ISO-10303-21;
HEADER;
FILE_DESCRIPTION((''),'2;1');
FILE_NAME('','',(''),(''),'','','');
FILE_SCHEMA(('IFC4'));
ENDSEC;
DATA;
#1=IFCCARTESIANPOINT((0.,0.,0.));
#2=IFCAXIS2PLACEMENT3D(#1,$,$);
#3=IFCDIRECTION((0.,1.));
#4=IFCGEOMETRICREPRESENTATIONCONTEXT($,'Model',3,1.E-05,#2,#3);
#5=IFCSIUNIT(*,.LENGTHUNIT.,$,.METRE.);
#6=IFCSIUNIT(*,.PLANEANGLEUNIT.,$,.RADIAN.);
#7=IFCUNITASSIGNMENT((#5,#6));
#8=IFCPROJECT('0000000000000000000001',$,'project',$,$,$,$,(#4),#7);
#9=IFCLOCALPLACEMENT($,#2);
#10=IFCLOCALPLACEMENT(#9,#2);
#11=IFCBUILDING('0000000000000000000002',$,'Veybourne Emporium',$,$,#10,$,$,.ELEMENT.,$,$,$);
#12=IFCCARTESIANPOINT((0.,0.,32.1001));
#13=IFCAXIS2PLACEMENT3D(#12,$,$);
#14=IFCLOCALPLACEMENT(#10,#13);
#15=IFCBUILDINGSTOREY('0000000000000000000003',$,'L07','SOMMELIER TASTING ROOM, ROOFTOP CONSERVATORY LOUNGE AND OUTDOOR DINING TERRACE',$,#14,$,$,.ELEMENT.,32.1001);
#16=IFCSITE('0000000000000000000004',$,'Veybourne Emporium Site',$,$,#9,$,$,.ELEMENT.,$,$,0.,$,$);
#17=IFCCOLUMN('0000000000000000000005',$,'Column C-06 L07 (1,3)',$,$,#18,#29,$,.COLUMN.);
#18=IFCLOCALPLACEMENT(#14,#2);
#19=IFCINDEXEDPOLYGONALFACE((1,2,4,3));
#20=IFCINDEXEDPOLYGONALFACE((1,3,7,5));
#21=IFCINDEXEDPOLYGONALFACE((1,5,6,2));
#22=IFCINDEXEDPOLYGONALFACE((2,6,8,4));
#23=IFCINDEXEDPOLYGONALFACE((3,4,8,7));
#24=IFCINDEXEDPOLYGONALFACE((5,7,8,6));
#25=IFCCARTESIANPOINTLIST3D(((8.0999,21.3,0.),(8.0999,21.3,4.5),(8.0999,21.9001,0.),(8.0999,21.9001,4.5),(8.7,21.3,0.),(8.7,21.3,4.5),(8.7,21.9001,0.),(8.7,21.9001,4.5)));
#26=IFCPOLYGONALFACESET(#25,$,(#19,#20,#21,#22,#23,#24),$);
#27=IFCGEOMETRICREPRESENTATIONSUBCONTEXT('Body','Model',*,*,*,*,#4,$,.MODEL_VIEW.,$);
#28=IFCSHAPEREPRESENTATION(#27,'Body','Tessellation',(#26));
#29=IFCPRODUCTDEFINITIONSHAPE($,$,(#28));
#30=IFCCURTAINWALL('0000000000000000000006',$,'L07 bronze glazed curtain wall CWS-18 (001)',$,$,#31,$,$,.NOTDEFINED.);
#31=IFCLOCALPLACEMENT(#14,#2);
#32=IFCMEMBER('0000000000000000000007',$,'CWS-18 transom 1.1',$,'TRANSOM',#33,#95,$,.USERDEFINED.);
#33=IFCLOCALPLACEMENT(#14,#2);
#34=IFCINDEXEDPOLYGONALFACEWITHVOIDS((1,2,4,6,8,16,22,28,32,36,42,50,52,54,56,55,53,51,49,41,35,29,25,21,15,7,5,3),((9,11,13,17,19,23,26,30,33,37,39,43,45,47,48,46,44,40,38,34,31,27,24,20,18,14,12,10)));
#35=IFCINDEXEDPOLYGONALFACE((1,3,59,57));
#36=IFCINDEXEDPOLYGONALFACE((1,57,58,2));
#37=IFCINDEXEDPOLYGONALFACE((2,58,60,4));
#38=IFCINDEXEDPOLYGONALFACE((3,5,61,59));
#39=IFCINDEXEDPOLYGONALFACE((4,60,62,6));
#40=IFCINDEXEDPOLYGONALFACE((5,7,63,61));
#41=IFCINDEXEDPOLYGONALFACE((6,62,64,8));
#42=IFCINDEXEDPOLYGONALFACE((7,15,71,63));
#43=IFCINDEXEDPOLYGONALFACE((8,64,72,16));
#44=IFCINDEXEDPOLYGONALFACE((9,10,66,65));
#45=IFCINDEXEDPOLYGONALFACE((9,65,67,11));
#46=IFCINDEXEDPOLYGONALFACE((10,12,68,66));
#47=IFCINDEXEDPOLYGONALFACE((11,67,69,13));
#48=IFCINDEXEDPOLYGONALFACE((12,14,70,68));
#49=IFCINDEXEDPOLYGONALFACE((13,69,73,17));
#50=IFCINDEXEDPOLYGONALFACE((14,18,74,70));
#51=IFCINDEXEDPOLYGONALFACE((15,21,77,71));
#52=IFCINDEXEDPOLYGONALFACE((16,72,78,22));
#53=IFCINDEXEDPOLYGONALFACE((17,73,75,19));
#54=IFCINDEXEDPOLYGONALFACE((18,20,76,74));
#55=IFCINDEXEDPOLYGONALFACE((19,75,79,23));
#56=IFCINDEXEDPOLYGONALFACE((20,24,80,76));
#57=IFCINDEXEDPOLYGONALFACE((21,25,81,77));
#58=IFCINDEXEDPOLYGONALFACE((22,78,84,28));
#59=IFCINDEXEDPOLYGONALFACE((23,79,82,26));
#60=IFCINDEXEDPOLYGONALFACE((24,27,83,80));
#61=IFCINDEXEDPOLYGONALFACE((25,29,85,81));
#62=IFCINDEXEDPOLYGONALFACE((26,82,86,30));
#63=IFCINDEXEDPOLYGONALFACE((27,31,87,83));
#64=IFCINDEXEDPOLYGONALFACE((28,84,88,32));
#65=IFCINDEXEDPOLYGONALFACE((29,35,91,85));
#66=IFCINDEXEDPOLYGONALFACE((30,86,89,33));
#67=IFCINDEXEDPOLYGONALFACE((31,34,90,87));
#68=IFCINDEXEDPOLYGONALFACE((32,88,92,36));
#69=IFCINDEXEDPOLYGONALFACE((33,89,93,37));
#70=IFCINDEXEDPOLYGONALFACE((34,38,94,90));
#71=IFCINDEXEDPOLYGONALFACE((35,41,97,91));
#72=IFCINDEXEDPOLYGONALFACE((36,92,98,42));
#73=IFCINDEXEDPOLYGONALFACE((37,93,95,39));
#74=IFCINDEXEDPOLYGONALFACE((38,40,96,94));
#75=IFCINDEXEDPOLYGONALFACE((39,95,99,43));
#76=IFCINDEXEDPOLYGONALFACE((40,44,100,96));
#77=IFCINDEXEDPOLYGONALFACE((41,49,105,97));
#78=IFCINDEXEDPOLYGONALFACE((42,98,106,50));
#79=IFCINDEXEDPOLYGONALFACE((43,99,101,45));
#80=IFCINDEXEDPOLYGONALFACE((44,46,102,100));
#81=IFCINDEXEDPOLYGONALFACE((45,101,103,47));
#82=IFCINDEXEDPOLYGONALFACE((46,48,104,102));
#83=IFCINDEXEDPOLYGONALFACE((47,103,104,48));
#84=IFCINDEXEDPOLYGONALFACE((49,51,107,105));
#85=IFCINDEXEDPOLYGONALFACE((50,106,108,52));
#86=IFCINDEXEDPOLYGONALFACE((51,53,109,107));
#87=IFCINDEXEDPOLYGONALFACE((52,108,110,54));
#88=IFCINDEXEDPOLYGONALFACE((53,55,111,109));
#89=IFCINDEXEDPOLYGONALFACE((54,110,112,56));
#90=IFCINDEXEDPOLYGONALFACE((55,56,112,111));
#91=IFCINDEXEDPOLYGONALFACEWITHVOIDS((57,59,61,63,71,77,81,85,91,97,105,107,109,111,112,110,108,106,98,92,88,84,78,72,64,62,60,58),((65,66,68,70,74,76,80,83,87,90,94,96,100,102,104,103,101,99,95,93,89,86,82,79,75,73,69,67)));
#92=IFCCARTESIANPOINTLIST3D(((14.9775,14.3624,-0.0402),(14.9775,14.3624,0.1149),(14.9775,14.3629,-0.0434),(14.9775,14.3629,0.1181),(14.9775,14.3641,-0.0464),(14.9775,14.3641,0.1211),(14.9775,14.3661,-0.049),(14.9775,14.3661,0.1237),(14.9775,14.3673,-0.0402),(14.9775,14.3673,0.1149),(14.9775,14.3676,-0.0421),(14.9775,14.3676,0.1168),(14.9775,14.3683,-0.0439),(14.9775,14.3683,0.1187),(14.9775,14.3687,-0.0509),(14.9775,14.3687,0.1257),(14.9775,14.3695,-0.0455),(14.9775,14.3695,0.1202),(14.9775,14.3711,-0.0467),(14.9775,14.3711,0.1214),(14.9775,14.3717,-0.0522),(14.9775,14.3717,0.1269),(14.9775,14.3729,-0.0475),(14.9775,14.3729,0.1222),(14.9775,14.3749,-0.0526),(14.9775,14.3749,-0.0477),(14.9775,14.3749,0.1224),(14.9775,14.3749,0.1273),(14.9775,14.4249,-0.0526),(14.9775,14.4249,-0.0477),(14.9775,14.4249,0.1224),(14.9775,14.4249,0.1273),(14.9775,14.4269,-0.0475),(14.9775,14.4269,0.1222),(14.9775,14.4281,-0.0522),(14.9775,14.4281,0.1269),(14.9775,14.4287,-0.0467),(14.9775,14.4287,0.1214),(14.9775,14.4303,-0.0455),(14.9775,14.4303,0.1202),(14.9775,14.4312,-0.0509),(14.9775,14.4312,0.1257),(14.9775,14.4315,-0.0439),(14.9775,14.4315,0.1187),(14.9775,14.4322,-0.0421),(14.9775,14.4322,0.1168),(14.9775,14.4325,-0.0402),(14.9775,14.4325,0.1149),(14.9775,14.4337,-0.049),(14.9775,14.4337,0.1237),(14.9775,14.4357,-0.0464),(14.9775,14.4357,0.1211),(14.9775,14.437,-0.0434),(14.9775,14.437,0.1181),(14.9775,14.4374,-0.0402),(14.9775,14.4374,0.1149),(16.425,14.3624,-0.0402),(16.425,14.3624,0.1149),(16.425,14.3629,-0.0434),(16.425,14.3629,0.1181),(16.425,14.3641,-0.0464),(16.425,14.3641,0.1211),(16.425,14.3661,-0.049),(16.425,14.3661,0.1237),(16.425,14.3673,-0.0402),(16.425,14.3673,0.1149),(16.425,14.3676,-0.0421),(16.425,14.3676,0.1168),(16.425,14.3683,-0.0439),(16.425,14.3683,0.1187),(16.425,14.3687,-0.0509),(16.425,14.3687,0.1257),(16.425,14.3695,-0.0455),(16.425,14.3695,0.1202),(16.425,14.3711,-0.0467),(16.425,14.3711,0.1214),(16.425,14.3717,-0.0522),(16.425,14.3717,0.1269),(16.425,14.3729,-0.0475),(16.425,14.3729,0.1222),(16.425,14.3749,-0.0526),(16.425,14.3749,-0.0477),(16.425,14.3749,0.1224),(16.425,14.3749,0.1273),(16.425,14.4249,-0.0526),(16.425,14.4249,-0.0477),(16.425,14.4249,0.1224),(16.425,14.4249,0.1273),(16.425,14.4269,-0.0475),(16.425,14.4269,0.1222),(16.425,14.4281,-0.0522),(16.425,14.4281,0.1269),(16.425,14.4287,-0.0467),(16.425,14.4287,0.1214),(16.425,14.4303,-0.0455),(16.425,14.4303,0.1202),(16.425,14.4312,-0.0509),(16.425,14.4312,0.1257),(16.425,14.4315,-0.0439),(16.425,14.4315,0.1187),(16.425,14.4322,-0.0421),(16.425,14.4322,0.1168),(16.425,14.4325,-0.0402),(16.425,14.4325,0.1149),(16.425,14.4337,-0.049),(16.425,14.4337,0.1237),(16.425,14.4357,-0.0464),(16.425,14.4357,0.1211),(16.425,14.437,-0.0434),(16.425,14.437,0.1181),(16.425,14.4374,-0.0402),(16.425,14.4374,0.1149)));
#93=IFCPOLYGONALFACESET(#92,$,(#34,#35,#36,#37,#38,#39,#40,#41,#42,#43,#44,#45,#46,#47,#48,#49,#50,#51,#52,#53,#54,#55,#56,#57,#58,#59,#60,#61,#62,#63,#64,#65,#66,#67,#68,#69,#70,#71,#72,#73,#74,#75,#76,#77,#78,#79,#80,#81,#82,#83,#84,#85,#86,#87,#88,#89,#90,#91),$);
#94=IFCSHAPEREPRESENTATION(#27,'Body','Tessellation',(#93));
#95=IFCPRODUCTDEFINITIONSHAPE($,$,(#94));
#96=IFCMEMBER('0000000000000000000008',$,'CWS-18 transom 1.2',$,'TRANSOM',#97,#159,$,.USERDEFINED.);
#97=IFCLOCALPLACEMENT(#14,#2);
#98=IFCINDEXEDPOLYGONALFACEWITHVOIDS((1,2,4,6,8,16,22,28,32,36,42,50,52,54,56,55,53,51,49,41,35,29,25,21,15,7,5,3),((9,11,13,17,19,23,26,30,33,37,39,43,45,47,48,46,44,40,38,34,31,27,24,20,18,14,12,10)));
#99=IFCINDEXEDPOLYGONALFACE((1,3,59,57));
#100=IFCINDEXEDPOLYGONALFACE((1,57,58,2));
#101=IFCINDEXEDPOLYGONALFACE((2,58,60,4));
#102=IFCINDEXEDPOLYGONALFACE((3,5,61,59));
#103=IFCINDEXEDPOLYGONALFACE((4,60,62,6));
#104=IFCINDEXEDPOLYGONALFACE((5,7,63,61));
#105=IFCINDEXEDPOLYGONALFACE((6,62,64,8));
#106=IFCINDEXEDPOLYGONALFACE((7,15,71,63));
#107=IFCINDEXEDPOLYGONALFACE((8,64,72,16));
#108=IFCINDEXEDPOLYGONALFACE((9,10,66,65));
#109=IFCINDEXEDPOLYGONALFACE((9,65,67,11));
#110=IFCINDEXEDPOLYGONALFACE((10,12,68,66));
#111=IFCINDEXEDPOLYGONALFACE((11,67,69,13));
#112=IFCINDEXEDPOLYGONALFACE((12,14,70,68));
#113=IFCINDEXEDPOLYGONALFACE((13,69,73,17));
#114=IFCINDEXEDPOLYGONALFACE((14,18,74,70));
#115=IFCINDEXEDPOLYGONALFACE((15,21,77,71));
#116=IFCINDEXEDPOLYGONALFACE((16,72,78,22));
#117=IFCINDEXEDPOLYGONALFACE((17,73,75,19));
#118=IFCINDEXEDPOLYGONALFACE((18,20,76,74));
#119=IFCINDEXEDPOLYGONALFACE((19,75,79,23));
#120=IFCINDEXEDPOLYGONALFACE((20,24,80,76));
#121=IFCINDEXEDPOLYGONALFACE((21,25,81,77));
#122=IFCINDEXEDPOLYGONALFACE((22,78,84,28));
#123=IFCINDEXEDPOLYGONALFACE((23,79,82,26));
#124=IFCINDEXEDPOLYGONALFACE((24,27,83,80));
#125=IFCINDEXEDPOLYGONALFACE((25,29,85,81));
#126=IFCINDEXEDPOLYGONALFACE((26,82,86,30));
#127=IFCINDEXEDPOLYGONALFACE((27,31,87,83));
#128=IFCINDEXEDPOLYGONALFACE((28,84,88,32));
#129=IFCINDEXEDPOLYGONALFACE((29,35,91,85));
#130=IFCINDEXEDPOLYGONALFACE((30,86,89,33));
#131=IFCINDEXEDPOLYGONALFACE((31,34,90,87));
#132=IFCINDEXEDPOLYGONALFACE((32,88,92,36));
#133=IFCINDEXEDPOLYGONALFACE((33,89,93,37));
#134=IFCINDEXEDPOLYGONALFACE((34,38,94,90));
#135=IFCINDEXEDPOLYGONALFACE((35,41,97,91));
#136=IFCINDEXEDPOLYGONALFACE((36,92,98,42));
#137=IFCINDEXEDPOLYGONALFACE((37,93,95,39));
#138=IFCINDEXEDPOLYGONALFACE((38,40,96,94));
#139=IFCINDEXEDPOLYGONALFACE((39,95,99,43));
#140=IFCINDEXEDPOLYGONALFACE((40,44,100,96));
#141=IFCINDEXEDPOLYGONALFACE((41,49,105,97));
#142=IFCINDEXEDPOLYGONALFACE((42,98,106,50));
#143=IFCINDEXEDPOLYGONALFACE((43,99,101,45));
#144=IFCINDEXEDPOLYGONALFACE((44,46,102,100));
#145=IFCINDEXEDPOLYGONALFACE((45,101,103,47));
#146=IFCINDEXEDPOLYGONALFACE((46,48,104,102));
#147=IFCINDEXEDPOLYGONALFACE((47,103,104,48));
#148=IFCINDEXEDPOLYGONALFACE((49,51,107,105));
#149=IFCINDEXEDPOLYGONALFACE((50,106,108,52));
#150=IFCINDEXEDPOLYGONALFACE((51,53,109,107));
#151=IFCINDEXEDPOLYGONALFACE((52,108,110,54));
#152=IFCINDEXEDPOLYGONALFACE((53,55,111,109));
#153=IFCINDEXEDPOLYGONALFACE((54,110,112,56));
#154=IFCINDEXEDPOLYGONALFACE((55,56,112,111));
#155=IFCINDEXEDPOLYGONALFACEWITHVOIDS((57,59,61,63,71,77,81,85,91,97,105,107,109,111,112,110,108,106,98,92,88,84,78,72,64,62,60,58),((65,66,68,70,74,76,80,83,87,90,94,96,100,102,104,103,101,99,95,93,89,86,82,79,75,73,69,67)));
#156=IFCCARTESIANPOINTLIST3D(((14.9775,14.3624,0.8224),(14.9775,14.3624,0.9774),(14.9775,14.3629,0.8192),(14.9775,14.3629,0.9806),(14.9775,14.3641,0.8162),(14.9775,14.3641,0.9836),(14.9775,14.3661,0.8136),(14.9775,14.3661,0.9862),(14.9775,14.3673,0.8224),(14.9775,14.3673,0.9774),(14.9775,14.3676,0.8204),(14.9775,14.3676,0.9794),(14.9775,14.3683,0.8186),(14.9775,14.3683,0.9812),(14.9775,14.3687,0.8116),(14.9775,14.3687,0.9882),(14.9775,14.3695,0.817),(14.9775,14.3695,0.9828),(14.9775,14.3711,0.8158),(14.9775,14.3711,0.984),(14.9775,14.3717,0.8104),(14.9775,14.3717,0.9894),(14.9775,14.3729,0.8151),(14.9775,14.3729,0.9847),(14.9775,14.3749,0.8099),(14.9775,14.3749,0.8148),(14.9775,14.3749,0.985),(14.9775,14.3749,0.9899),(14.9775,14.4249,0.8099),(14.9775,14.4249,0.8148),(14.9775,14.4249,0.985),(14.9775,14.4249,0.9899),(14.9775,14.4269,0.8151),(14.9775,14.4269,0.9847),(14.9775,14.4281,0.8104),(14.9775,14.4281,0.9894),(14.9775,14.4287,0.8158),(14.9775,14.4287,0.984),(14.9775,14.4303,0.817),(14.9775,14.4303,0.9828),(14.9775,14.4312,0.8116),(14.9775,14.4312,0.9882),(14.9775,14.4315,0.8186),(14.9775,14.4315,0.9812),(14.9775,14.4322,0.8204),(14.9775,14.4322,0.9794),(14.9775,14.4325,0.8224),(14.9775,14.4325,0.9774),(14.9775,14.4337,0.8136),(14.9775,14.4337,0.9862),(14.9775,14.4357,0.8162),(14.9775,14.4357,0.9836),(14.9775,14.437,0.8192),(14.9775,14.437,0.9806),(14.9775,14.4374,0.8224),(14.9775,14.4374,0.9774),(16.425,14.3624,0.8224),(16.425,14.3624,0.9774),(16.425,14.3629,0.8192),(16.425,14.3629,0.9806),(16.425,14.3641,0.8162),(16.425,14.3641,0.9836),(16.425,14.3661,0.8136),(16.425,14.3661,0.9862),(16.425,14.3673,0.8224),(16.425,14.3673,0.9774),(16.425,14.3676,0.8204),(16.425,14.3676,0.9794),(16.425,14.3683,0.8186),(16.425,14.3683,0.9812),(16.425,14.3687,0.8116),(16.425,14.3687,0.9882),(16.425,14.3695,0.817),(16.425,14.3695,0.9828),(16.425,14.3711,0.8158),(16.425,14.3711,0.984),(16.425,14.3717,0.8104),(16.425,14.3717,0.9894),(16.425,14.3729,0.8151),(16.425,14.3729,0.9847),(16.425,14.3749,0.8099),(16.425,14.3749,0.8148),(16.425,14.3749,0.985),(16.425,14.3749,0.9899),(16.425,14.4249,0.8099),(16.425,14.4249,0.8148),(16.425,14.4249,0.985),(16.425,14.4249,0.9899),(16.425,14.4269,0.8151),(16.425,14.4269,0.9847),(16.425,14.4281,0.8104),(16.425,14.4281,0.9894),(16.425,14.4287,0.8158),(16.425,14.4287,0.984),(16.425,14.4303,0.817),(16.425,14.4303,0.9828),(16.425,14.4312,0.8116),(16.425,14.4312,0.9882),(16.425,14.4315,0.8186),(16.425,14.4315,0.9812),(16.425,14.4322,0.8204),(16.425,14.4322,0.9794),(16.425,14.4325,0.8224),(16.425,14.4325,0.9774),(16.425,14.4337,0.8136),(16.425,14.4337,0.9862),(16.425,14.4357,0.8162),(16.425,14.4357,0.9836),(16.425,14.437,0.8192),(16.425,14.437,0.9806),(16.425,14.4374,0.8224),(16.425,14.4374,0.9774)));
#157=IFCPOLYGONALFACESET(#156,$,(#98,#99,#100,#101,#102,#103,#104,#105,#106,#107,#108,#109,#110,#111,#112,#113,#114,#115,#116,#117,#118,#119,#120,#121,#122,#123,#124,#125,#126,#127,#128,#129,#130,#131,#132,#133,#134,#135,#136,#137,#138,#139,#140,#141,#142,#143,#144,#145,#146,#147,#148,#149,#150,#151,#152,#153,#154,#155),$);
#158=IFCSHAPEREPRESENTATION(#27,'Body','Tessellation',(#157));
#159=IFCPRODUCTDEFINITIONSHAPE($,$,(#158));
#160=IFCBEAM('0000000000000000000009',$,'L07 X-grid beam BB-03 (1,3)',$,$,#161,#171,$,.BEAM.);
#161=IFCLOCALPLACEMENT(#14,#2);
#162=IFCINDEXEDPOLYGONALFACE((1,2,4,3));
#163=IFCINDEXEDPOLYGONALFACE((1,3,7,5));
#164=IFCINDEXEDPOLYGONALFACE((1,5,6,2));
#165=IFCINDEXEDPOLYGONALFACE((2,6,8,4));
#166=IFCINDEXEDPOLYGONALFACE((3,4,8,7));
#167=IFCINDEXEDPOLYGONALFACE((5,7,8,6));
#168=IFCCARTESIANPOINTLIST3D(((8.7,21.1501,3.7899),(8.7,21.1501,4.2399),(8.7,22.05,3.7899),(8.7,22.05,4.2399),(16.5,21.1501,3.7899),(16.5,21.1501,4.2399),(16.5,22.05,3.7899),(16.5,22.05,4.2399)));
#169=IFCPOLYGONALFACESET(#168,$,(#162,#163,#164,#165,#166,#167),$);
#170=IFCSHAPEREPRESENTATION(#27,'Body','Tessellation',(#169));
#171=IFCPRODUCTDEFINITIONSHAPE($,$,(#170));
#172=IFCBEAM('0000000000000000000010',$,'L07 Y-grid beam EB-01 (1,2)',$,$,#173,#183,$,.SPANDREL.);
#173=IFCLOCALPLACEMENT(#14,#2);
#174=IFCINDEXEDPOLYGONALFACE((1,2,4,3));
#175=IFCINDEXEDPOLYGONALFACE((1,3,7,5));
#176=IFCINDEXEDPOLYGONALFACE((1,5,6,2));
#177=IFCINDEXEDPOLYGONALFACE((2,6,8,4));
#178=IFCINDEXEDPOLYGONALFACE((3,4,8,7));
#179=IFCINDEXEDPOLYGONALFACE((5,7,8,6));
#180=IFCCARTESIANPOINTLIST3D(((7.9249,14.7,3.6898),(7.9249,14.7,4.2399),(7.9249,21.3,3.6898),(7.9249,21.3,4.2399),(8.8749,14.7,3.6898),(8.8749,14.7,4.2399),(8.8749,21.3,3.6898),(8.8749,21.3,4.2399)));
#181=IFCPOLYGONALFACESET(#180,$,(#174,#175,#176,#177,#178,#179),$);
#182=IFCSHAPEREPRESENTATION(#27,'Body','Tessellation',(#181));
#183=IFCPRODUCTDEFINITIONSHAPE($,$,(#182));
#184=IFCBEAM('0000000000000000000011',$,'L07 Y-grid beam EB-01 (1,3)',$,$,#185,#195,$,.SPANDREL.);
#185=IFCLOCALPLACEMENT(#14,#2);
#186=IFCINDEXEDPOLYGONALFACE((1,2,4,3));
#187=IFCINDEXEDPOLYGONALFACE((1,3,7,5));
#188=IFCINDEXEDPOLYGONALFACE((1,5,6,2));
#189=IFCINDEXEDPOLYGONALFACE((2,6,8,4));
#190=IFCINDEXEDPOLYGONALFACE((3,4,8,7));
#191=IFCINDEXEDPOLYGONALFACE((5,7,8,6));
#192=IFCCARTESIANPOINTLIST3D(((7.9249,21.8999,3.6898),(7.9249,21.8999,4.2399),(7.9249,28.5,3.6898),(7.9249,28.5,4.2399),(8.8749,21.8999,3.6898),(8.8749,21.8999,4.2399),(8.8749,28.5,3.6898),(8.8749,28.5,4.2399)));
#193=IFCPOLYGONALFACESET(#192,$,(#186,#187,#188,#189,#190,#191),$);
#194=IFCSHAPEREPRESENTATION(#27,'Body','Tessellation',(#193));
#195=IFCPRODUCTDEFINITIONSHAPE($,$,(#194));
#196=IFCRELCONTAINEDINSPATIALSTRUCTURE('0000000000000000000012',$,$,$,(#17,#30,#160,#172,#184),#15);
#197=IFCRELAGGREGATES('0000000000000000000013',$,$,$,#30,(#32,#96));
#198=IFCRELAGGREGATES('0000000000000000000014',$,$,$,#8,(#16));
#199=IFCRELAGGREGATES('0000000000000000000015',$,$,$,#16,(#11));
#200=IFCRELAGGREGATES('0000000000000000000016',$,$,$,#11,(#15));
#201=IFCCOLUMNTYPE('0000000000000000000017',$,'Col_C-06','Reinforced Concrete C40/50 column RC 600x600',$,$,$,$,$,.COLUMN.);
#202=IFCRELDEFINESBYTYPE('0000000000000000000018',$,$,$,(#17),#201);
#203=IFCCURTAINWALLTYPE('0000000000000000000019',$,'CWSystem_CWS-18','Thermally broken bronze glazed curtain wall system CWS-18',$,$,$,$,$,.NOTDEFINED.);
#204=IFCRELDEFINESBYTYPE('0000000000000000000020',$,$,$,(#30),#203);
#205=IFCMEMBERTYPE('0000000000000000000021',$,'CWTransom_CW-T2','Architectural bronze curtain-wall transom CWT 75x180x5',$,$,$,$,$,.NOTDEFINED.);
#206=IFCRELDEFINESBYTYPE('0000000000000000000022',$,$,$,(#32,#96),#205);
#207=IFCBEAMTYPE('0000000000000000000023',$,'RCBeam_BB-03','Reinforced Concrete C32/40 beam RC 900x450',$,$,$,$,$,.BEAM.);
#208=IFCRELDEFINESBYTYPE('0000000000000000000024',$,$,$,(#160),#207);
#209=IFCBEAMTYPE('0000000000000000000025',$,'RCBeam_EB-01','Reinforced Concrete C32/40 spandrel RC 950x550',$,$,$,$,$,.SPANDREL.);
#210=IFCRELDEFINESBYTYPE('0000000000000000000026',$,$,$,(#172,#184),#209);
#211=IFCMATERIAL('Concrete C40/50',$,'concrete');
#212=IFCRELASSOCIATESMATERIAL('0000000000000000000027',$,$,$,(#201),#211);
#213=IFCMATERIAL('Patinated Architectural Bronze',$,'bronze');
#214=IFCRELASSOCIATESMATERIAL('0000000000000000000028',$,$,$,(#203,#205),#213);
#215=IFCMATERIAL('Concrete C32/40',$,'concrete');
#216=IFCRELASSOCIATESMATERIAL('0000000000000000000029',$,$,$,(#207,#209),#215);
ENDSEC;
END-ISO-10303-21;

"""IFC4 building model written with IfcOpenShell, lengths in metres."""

from ifc_helpers import new_model, si_unit, direction, frame, origin, origin_2d, place, context, subcontext, project, spatial, rectangle, hollow_rectangle, extrude, material, material_profile, profile_set, type_object, element, aggregate, save


model = new_model("IFC4")

# Units and contexts
model_context = context("Model", 3, precision=1e-05, world=origin(), true_north=direction((0.0, 1.0)))
body_context = subcontext(model_context, "Body", "Model", "MODEL_VIEW")
ifc_project = project(units=[si_unit("LENGTHUNIT", "METRE"), si_unit("PLANEANGLEUNIT", "RADIAN")], contexts=[model_context])

# Site, building, storey
site_placement = place(None, origin())
site = spatial("IfcSite", under=ifc_project, at=site_placement, Name="Veybourne Emporium Site", CompositionType="ELEMENT", RefElevation=0.0)
building_placement = place(site_placement, origin())
building = spatial("IfcBuilding", under=site, at=building_placement, Name="Veybourne Emporium", CompositionType="ELEMENT")
storey_placement = place(building_placement, frame((0.0, 0.0, 32.1001)))
storey = spatial("IfcBuildingStorey", under=building, at=storey_placement, Name="L07", Description="SOMMELIER TASTING ROOM, ROOFTOP CONSERVATORY LOUNGE AND OUTDOOR DINING TERRACE", CompositionType="ELEMENT", Elevation=32.1001)

# Column
ifc_material_1 = material(Name="Concrete C40/50", Category="concrete")
ifc_material_profile_1 = material_profile(ifc_material_1, rectangle(XDim=0.6001, YDim=0.6001, at=origin_2d()), Name="RC 600x600")
ifc_profile_set_1 = profile_set([ifc_material_profile_1], Name="Concrete C40/50")
column_type = type_object("IfcColumnType", Name="Col_C-06", Description="Reinforced Concrete C40/50 column RC 600x600", PredefinedType="COLUMN", material=ifc_profile_set_1)
column_placement = place(storey_placement, frame((8.3999, 21.6001, 0.0), z_axis=(0.0, 0.0, 1.0), x_axis=(1.0, 0.0, 0.0)))
element("IfcColumn", 1, at=column_placement, inside=storey, type_object=column_type, Name="Column C-06 L07 (1,3)", PredefinedType="COLUMN", context=body_context, shape_type="SweptSolid", body=[
    extrude(rectangle(XDim=0.6001, YDim=0.6001, at=origin_2d()), origin(), (0.0, 0.0, 1.0), 4.5),
])

# Curtain wall, members
ifc_material_2 = material(Name="Patinated Architectural Bronze", Category="bronze")
curtain_wall_type = type_object("IfcCurtainWallType", Name="CWSystem_CWS-18", Description="Thermally broken bronze glazed curtain wall system CWS-18", PredefinedType="NOTDEFINED", material=ifc_material_2)
curtain_wall_placement = place(storey_placement, origin())
curtain_wall = element("IfcCurtainWall", 2, at=curtain_wall_placement, inside=storey, type_object=curtain_wall_type, Name="L07 bronze glazed curtain wall CWS-18 (001)", PredefinedType="NOTDEFINED")
ifc_material_profile_2 = material_profile(ifc_material_2, hollow_rectangle(XDim=0.075, YDim=0.1799, WallThickness=0.0049, InnerFilletRadius=0.0076, OuterFilletRadius=0.0125, at=origin_2d()), Name="CWT 75x180x5")
ifc_profile_set_2 = profile_set([ifc_material_profile_2], Name="Patinated Architectural Bronze")
member_type = type_object("IfcMemberType", Name="CWTransom_CW-T2", Description="Architectural bronze curtain-wall transom CWT 75x180x5", PredefinedType="NOTDEFINED", material=ifc_profile_set_2)
member_1_placement = place(storey_placement, frame((16.425, 14.3999, 0.0374), z_axis=(-1.0, 0.0, 0.0), x_axis=(0.0, -1.0, 0.0)))
member_1 = element("IfcMember", 3, at=member_1_placement, type_object=member_type, Name="CWS-18 transom 1.1", ObjectType="TRANSOM", PredefinedType="USERDEFINED", context=body_context, shape_type="SweptSolid", body=[
    extrude(hollow_rectangle(XDim=0.075, YDim=0.1799, WallThickness=0.0049, InnerFilletRadius=0.0076, OuterFilletRadius=0.0125, at=origin_2d()), origin(), (0.0, 0.0, 1.0), 1.4475),
])
member_2_placement = place(storey_placement, frame((16.425, 14.3999, 0.8999), z_axis=(-1.0, 0.0, 0.0), x_axis=(0.0, -1.0, 0.0)))
member_2 = element("IfcMember", 4, at=member_2_placement, type_object=member_type, Name="CWS-18 transom 1.2", ObjectType="TRANSOM", PredefinedType="USERDEFINED", context=body_context, shape_type="SweptSolid", body=[
    extrude(hollow_rectangle(XDim=0.075, YDim=0.1799, WallThickness=0.0049, InnerFilletRadius=0.0076, OuterFilletRadius=0.0125, at=origin_2d()), origin(), (0.0, 0.0, 1.0), 1.4475),
])

# Beams
ifc_material_3 = material(Name="Concrete C32/40", Category="concrete")
ifc_material_profile_3 = material_profile(ifc_material_3, rectangle(XDim=0.8999, YDim=0.45, at=origin_2d()), Name="RC 900x450")
ifc_profile_set_3 = profile_set([ifc_material_profile_3], Name="Concrete C32/40")
beam_type_1 = type_object("IfcBeamType", Name="RCBeam_BB-03", Description="Reinforced Concrete C32/40 beam RC 900x450", PredefinedType="BEAM", material=ifc_profile_set_3)
beam_placement = place(storey_placement, frame((8.7, 21.6001, 4.0149), z_axis=(1.0, 0.0, 0.0), x_axis=(0.0, 1.0, 0.0)))
element("IfcBeam", 5, at=beam_placement, inside=storey, type_object=beam_type_1, Name="L07 X-grid beam BB-03 (1,3)", PredefinedType="BEAM", context=body_context, shape_type="SweptSolid", body=[
    extrude(rectangle(XDim=0.8999, YDim=0.45, at=origin_2d()), origin(), (0.0, 0.0, 1.0), 7.8),
])
ifc_material_profile_4 = material_profile(ifc_material_3, rectangle(XDim=0.95, YDim=0.55, at=origin_2d()), Name="RC 950x550")
ifc_profile_set_4 = profile_set([ifc_material_profile_4], Name="Concrete C32/40")
beam_type_2 = type_object("IfcBeamType", Name="RCBeam_EB-01", Description="Reinforced Concrete C32/40 spandrel RC 950x550", PredefinedType="SPANDREL", material=ifc_profile_set_4)
for number, where, z_axis, x_axis, name in (
    (6, (8.3999, 14.7, 3.9648), (0.0, 1.0, 0.0), (-1.0, 0.0, 0.0), "L07 Y-grid beam EB-01 (1,2)"),
    (7, (8.3999, 21.8999, 3.9648), (0.0, 1.0, 0.0), (-1.0, 0.0, 0.0), "L07 Y-grid beam EB-01 (1,3)"),
):
    element("IfcBeam", number, at=place(storey_placement, frame(where, z_axis=z_axis, x_axis=x_axis)), inside=storey, type_object=beam_type_2, Name=name, PredefinedType="SPANDREL", context=body_context, shape_type="SweptSolid", body=[
        extrude(rectangle(XDim=0.95, YDim=0.55, at=origin_2d()), origin(), (0.0, 0.0, 1.0), 6.6001),
    ])

aggregate(curtain_wall, [member_1, member_2])

save(model, "model.ifc")
